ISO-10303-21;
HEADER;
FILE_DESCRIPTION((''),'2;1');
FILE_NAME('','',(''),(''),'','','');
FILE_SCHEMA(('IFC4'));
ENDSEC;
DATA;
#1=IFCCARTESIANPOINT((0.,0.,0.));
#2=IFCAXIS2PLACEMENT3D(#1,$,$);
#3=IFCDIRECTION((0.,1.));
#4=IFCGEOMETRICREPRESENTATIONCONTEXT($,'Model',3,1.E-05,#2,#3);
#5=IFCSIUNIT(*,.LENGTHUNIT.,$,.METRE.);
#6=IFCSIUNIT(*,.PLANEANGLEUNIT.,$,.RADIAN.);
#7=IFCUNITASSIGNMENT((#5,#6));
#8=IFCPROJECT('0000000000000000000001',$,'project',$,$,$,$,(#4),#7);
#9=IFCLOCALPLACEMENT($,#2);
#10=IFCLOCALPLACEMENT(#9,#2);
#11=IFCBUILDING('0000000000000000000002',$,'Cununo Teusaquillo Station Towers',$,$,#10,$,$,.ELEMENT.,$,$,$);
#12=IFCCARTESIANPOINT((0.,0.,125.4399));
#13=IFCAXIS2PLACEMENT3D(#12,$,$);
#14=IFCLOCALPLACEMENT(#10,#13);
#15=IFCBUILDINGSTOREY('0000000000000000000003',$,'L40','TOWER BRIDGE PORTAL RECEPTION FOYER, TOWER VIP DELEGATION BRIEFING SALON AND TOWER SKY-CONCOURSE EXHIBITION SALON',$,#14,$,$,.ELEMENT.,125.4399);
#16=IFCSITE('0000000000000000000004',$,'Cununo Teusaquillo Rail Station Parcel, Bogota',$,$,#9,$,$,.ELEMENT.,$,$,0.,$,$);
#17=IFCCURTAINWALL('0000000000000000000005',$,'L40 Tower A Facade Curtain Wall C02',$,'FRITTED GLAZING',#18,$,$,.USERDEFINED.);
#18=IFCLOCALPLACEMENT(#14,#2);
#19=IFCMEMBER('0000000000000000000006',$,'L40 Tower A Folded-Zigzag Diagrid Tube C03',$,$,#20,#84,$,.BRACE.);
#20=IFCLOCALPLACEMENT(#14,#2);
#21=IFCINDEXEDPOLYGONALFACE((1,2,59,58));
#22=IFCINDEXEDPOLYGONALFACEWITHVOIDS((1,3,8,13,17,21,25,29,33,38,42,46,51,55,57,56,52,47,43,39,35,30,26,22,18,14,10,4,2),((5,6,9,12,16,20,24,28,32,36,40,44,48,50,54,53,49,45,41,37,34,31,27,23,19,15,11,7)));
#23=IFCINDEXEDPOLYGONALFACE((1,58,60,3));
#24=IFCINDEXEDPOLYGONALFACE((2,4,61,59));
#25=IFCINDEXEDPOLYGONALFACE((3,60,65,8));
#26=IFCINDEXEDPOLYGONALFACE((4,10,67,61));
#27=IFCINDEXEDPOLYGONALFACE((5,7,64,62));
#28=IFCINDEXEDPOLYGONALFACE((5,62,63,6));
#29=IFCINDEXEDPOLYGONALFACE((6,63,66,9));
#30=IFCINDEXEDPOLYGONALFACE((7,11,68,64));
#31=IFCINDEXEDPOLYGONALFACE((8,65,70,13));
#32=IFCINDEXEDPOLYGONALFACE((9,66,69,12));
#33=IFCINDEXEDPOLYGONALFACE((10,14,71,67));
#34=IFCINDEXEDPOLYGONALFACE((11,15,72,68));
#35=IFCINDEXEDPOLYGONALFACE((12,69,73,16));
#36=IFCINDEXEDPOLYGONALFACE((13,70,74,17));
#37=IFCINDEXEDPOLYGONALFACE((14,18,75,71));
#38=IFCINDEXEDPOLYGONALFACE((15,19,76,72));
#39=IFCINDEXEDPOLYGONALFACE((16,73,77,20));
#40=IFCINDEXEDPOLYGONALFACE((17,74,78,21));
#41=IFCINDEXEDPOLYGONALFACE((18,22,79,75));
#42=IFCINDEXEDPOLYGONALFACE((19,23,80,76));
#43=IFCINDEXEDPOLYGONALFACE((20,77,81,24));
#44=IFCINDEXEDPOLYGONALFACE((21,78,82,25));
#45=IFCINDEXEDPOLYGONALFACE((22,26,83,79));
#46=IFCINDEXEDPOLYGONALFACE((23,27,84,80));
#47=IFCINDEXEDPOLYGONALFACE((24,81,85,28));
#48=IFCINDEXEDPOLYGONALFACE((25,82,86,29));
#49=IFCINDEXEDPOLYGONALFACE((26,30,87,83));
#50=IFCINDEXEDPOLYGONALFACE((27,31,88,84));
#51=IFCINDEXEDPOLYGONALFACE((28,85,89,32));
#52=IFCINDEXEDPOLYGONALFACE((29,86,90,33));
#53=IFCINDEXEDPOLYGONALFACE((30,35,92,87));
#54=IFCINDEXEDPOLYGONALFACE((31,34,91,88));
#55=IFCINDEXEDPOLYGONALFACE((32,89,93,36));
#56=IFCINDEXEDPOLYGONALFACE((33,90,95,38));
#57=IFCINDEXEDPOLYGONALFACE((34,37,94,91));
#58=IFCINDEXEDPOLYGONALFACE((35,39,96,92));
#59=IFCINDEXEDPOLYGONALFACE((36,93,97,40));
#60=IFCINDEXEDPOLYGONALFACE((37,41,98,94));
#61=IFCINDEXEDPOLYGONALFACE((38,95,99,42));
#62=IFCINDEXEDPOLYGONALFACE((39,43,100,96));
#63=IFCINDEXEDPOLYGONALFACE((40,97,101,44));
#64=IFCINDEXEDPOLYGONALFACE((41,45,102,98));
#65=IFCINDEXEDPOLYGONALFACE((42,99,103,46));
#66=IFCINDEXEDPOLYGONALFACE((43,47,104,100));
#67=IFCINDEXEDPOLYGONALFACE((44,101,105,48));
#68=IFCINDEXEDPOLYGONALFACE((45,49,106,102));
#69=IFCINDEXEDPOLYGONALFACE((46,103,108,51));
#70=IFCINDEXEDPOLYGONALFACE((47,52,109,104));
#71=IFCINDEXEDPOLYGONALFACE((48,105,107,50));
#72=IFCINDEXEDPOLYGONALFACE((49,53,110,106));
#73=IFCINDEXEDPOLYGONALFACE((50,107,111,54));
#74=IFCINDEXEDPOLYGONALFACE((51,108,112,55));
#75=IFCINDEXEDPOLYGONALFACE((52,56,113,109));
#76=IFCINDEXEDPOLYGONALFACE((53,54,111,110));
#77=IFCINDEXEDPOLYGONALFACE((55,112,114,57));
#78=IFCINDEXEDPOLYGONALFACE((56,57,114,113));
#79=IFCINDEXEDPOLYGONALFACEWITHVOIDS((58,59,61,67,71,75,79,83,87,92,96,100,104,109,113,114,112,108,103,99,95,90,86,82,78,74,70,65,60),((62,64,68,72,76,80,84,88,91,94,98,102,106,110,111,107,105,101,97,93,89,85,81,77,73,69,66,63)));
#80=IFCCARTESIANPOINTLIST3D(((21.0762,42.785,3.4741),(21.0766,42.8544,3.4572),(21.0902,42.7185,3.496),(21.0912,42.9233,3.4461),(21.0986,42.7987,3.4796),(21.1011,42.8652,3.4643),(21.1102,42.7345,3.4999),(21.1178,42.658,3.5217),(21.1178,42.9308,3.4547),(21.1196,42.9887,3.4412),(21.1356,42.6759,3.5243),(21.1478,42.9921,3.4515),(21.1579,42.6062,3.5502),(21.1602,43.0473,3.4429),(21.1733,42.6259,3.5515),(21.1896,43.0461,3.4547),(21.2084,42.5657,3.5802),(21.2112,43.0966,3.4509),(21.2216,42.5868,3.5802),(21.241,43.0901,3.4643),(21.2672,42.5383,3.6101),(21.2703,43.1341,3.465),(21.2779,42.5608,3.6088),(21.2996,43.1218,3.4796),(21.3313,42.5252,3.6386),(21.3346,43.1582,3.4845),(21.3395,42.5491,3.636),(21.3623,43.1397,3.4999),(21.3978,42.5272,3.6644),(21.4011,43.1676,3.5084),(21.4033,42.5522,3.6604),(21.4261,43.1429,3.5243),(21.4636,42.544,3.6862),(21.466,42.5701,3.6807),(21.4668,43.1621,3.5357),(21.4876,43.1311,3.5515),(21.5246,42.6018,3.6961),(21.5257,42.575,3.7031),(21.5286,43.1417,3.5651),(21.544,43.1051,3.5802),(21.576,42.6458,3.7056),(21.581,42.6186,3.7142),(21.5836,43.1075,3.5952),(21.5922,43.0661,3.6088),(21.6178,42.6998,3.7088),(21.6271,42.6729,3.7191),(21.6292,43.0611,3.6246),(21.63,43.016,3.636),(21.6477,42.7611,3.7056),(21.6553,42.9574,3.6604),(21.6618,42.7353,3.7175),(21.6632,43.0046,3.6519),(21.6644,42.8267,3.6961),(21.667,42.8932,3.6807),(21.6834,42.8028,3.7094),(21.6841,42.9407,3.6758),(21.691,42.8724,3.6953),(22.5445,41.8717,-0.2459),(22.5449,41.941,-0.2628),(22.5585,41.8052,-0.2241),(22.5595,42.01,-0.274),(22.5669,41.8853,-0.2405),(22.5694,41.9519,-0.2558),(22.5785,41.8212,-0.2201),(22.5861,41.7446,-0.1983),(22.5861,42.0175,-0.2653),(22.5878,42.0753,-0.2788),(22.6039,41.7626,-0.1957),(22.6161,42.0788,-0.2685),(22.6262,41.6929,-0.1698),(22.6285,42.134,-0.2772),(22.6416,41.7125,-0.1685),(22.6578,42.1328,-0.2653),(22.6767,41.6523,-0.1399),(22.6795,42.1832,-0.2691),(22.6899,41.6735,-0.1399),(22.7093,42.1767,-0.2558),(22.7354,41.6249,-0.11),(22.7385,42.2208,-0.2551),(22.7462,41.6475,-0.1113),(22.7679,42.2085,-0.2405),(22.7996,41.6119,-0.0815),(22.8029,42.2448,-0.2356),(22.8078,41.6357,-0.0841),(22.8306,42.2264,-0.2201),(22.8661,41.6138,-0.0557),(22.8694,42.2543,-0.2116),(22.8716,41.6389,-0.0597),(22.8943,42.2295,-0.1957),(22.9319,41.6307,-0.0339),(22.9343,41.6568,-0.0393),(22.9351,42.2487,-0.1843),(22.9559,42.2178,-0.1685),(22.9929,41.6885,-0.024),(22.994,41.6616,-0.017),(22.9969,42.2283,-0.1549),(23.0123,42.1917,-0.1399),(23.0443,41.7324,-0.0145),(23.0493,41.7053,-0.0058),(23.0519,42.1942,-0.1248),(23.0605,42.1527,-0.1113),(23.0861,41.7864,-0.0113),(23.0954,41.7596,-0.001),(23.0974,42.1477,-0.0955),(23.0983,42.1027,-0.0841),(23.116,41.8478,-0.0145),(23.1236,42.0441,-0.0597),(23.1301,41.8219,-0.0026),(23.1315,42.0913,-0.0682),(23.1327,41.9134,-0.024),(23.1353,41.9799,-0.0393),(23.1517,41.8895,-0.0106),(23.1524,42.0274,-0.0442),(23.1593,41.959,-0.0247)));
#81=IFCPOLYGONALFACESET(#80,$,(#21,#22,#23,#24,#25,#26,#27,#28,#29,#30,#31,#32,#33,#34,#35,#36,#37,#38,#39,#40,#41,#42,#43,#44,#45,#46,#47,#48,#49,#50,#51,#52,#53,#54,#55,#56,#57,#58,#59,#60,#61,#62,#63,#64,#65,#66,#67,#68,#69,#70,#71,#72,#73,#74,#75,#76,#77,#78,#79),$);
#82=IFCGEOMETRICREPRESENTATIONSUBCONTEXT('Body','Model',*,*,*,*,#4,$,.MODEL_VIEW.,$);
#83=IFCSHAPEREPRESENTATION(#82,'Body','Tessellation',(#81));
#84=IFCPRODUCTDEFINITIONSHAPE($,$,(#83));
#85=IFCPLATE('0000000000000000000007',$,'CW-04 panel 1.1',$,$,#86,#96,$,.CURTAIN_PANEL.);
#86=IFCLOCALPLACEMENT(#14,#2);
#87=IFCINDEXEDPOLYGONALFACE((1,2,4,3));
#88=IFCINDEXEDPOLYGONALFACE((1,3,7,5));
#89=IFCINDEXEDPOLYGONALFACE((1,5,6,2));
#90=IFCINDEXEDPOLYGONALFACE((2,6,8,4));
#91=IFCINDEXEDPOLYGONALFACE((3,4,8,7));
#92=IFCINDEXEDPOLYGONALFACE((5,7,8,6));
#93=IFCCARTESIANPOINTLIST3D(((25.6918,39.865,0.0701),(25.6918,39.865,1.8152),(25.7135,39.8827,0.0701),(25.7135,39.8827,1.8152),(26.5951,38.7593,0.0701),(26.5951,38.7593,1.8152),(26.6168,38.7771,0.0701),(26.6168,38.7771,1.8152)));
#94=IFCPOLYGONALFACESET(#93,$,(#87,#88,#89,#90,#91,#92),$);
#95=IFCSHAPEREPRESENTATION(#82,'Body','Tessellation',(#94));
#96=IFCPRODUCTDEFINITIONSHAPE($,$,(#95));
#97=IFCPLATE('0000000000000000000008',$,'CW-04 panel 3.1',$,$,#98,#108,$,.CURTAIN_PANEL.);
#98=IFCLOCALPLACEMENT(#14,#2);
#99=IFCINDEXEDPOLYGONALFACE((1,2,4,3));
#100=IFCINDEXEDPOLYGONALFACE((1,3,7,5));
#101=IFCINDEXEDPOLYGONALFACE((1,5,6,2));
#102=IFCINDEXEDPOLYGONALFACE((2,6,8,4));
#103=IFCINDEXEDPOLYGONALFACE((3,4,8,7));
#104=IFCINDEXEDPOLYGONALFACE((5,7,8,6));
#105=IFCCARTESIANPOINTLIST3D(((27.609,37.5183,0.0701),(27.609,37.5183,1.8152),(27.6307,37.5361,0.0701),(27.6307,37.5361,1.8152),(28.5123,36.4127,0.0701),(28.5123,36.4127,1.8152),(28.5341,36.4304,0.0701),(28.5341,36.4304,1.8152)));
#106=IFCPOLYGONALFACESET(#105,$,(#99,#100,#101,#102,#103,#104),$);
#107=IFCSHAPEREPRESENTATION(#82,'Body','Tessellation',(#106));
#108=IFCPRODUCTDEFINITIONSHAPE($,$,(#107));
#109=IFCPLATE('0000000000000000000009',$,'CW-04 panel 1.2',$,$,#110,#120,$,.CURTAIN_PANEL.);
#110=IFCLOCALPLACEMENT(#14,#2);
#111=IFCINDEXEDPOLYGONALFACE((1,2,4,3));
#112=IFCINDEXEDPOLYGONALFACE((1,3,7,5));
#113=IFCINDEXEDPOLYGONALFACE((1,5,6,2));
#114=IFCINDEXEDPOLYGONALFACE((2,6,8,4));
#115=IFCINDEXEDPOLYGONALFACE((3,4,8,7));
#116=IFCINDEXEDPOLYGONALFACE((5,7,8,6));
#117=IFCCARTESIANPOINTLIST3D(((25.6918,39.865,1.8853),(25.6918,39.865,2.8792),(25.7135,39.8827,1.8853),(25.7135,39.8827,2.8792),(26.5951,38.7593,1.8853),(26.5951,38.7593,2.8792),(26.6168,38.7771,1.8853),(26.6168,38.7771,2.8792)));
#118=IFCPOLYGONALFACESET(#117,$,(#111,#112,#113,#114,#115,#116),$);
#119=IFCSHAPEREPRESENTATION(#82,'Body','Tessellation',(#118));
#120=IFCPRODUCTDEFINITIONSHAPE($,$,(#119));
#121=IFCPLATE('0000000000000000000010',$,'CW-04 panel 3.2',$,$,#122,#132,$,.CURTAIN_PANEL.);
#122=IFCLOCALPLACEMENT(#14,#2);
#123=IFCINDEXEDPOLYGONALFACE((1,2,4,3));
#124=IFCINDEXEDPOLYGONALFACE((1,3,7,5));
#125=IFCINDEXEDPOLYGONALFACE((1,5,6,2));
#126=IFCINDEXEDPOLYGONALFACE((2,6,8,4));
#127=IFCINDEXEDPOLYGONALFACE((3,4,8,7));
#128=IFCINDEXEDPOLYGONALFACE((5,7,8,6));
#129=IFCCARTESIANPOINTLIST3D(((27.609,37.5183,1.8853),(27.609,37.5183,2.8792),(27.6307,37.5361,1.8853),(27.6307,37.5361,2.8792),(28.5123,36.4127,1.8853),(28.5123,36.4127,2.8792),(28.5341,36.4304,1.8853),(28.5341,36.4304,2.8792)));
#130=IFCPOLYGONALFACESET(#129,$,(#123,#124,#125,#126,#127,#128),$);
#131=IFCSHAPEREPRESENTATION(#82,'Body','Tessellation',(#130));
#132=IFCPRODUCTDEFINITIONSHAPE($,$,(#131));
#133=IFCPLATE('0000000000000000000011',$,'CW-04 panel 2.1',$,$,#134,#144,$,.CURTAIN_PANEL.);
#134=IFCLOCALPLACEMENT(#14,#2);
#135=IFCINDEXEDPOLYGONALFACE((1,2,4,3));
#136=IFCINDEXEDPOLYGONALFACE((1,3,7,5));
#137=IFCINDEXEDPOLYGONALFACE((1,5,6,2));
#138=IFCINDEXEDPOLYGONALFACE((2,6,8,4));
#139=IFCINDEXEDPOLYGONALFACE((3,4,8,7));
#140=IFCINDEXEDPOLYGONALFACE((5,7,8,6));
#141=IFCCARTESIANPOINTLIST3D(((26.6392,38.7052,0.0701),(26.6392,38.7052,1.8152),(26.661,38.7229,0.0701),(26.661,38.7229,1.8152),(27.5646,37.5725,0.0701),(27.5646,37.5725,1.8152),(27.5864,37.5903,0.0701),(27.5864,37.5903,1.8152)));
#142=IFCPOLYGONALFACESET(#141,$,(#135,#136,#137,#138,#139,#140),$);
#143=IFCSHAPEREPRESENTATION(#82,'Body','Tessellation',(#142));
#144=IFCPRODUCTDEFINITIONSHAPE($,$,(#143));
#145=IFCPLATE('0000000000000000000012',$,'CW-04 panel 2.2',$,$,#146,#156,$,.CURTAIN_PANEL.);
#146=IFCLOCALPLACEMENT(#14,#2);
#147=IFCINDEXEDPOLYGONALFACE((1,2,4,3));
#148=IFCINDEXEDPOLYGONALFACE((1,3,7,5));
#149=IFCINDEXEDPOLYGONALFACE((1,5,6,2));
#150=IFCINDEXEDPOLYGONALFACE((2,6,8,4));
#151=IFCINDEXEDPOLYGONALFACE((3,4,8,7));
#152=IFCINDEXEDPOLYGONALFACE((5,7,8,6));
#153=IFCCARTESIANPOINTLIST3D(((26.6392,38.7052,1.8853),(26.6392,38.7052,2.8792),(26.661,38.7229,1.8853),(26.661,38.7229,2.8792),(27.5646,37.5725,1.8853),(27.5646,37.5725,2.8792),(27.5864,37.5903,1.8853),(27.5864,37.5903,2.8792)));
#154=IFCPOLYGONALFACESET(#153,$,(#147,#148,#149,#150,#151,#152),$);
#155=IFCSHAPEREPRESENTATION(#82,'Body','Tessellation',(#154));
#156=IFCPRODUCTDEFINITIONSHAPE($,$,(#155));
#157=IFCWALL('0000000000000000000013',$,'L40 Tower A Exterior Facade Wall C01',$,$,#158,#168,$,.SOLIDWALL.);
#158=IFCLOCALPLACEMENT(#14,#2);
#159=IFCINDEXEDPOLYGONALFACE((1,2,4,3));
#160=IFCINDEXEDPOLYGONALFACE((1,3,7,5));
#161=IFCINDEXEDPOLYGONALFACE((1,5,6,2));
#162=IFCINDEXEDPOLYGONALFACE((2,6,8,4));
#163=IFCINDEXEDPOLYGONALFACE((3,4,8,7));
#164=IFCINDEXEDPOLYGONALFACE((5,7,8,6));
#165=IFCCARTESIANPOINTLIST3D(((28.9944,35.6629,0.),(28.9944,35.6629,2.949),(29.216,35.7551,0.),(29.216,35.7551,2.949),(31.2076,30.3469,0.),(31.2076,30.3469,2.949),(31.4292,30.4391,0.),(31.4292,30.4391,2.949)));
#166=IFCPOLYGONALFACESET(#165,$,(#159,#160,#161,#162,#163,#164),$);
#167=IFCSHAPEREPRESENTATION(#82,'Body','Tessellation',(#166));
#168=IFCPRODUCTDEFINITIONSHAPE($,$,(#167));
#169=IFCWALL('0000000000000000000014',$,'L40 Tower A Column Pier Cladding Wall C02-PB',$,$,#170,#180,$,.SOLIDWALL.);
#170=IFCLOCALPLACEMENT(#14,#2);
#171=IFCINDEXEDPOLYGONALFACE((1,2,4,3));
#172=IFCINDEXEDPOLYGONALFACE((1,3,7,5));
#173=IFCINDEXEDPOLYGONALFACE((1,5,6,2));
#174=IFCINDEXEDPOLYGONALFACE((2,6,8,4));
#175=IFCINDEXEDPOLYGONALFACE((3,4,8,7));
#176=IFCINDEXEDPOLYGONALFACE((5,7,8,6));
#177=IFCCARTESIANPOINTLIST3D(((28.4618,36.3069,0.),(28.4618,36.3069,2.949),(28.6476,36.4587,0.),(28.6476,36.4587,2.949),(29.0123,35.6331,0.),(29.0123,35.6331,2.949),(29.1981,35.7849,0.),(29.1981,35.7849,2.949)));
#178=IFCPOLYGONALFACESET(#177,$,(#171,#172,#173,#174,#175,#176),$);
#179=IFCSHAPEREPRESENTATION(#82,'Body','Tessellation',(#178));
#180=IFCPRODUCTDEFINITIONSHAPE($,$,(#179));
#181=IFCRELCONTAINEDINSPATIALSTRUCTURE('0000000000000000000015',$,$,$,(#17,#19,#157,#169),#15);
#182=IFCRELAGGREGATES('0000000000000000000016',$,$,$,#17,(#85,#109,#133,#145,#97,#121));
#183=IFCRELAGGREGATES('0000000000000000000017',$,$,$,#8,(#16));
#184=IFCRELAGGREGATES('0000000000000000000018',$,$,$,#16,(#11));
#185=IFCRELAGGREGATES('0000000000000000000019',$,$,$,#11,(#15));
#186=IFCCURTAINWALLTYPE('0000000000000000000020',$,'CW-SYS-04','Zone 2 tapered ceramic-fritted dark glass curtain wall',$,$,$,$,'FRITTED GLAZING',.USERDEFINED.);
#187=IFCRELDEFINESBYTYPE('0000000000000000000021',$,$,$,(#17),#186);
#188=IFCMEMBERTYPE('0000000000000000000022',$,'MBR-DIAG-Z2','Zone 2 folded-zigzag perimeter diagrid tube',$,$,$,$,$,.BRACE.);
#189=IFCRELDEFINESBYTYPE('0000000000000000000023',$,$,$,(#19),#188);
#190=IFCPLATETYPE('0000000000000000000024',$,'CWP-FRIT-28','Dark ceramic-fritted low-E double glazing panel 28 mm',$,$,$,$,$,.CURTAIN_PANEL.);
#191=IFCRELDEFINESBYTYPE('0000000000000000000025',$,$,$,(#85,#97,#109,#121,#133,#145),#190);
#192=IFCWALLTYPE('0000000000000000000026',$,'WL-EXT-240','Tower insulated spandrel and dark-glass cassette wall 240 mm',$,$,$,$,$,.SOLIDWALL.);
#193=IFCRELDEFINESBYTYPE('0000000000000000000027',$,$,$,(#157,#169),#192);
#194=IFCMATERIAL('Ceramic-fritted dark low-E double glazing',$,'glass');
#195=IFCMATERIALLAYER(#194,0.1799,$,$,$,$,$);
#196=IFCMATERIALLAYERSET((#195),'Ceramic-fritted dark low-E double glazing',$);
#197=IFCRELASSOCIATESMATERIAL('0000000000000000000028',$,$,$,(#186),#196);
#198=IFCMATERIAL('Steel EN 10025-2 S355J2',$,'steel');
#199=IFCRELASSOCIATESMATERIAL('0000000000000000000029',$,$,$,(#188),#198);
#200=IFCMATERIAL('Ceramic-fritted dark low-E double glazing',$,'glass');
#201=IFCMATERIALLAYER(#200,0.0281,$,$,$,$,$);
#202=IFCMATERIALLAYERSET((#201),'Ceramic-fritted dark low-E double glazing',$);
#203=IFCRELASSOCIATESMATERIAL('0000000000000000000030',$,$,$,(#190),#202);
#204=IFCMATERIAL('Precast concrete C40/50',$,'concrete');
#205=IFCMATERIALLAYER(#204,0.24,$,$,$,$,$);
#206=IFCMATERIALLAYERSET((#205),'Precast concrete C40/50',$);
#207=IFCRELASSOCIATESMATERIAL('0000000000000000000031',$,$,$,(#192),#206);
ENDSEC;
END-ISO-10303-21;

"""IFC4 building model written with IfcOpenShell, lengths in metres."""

from ifc_helpers import new_model, si_unit, direction, frame, frame_2d, origin, origin_2d, place, context, subcontext, project, spatial, rectangle, hollow_circle, extrude, source, transform, mapped, material, layer, layer_set, material_profile, profile_set, type_object, element, aggregate, save


model = new_model("IFC4")

# Units and contexts
model_context = context("Model", 3, precision=1e-05, world=origin(), true_north=direction((0.0, 1.0)))
body_context = subcontext(model_context, "Body", "Model", "MODEL_VIEW")
ifc_project = project(units=[si_unit("LENGTHUNIT", "METRE"), si_unit("PLANEANGLEUNIT", "RADIAN")], contexts=[model_context])

# Site, building, storey
site_placement = place(None, origin())
site = spatial("IfcSite", under=ifc_project, at=site_placement, Name="Cununo Teusaquillo Rail Station Parcel, Bogota", CompositionType="ELEMENT", RefElevation=0.0)
building_placement = place(site_placement, origin())
building = spatial("IfcBuilding", under=site, at=building_placement, Name="Cununo Teusaquillo Station Towers", CompositionType="ELEMENT")
storey_placement = place(building_placement, frame((0.0, 0.0, 125.4399)))
storey = spatial("IfcBuildingStorey", under=building, at=storey_placement, Name="L40", Description="TOWER BRIDGE PORTAL RECEPTION FOYER, TOWER VIP DELEGATION BRIEFING SALON AND TOWER SKY-CONCOURSE EXHIBITION SALON", CompositionType="ELEMENT", Elevation=125.4399)

# Curtain wall
ifc_material_1 = material(Name="Ceramic-fritted dark low-E double glazing", Category="glass")
ifc_layer_1 = layer(ifc_material_1, 0.1799)
ifc_layer_set_1 = layer_set([ifc_layer_1], Name="Ceramic-fritted dark low-E double glazing")
curtain_wall_type = type_object("IfcCurtainWallType", Name="CW-SYS-04", Description="Zone 2 tapered ceramic-fritted dark glass curtain wall", ElementType="FRITTED GLAZING", PredefinedType="USERDEFINED", material=ifc_layer_set_1)
curtain_wall_placement = place(storey_placement, origin())
curtain_wall = element("IfcCurtainWall", 1, at=curtain_wall_placement, inside=storey, type_object=curtain_wall_type, Name="L40 Tower A Facade Curtain Wall C02", ObjectType="FRITTED GLAZING", PredefinedType="USERDEFINED")

# Member
ifc_material_2 = material(Name="Steel EN 10025-2 S355J2", Category="steel")
ifc_material_profile_1 = material_profile(ifc_material_2, hollow_circle(Radius=0.3301, WallThickness=0.0249, at=origin_2d()), Name="CHS 660x25")
ifc_profile_set_1 = profile_set([ifc_material_profile_1], Name="Steel EN 10025-2 S355J2")
member_type_1 = type_object("IfcMemberType", Name="MBR-DIAG-Z2", Description="Zone 2 folded-zigzag perimeter diagrid tube", PredefinedType="BRACE", material=ifc_profile_set_1)
member_1_placement = place(storey_placement, frame((22.8511, 41.9326, -0.1399), z_axis=(-0.357919, 0.222643, 0.906821), x_axis=(-0.528196, -0.849123, 0.0)))
element("IfcMember", 2, at=member_1_placement, inside=storey, type_object=member_type_1, Name="L40 Tower A Folded-Zigzag Diagrid Tube C03", PredefinedType="BRACE", context=body_context, shape_type="SweptSolid", body=[
    extrude(hollow_circle(Radius=0.3301, WallThickness=0.0249, at=origin_2d()), origin(), (0.0, 0.0, 1.0), 4.1023),
])

# Plates
ifc_material_3 = material(Name="Ceramic-fritted dark low-E double glazing", Category="glass")
ifc_layer_2 = layer(ifc_material_3, 0.0281)
ifc_layer_set_2 = layer_set([ifc_layer_2], Name="Ceramic-fritted dark low-E double glazing")
plate_type = type_object("IfcPlateType", Name="CWP-FRIT-28", Description="Dark ceramic-fritted low-E double glazing panel 28 mm", PredefinedType="CURTAIN_PANEL", material=ifc_layer_set_2)
shared_shape_1 = source(origin(), body_context, "Body", "SweptSolid", [
    extrude(rectangle(XDim=1.4277, YDim=0.0281, at=origin_2d()), origin(), (0.0, 0.0, 1.0), 1.7451),
])
plate_1_placement = place(storey_placement, frame((26.1543, 39.321, 0.0701), z_axis=(0.0, 0.0, 1.0), x_axis=(0.632704, -0.774394, 0.0)))
plate_1 = element("IfcPlate", 3, at=plate_1_placement, type_object=plate_type, Name="CW-04 panel 1.1", PredefinedType="CURTAIN_PANEL", context=body_context, shape_type="MappedRepresentation", body=[
    mapped(shared_shape_1, transform((0.0, 0.0, 0.0), x_axis=(1.0, 0.0, 0.0), y_axis=(0.0, 1.0, 0.0), z_axis=(0.0, 0.0, 1.0), scale=1.0)),
])
plate_2_placement = place(storey_placement, frame((28.0715, 36.9744, 0.0701), z_axis=(0.0, 0.0, 1.0), x_axis=(0.632704, -0.774394, 0.0)))
plate_2 = element("IfcPlate", 4, at=plate_2_placement, type_object=plate_type, Name="CW-04 panel 3.1", PredefinedType="CURTAIN_PANEL", context=body_context, shape_type="MappedRepresentation", body=[
    mapped(shared_shape_1, transform((0.0, 0.0, 0.0), x_axis=(1.0, 0.0, 0.0), y_axis=(0.0, 1.0, 0.0), z_axis=(0.0, 0.0, 1.0), scale=1.0)),
])
shared_shape_2 = source(origin(), body_context, "Body", "SweptSolid", [
    extrude(rectangle(XDim=1.4277, YDim=0.0281, at=origin_2d()), origin(), (0.0, 0.0, 1.0), 0.9939),
])
plate_3_placement = place(storey_placement, frame((26.1543, 39.321, 1.8853), z_axis=(0.0, 0.0, 1.0), x_axis=(0.632704, -0.774394, 0.0)))
plate_3 = element("IfcPlate", 5, at=plate_3_placement, type_object=plate_type, Name="CW-04 panel 1.2", PredefinedType="CURTAIN_PANEL", context=body_context, shape_type="MappedRepresentation", body=[
    mapped(shared_shape_2, transform((0.0, 0.0, 0.0), x_axis=(1.0, 0.0, 0.0), y_axis=(0.0, 1.0, 0.0), z_axis=(0.0, 0.0, 1.0), scale=1.0)),
])
plate_4_placement = place(storey_placement, frame((28.0715, 36.9744, 1.8853), z_axis=(0.0, 0.0, 1.0), x_axis=(0.632704, -0.774394, 0.0)))
plate_4 = element("IfcPlate", 6, at=plate_4_placement, type_object=plate_type, Name="CW-04 panel 3.2", PredefinedType="CURTAIN_PANEL", context=body_context, shape_type="MappedRepresentation", body=[
    mapped(shared_shape_2, transform((0.0, 0.0, 0.0), x_axis=(1.0, 0.0, 0.0), y_axis=(0.0, 1.0, 0.0), z_axis=(0.0, 0.0, 1.0), scale=1.0)),
])
shared_shape_3 = source(origin(), body_context, "Body", "SweptSolid", [
    extrude(rectangle(XDim=1.4626, YDim=0.0281, at=origin_2d()), origin(), (0.0, 0.0, 1.0), 1.7451),
])
plate_5_placement = place(storey_placement, frame((27.1128, 38.1477, 0.0701), z_axis=(0.0, 0.0, 1.0), x_axis=(0.632704, -0.774394, 0.0)))
plate_5 = element("IfcPlate", 7, at=plate_5_placement, type_object=plate_type, Name="CW-04 panel 2.1", PredefinedType="CURTAIN_PANEL", context=body_context, shape_type="MappedRepresentation", body=[
    mapped(shared_shape_3, transform((0.0, 0.0, 0.0), x_axis=(1.0, 0.0, 0.0), y_axis=(0.0, 1.0, 0.0), z_axis=(0.0, 0.0, 1.0), scale=1.0)),
])
shared_shape_4 = source(origin(), body_context, "Body", "SweptSolid", [
    extrude(rectangle(XDim=1.4626, YDim=0.0281, at=origin_2d()), origin(), (0.0, 0.0, 1.0), 0.9939),
])
plate_6_placement = place(storey_placement, frame((27.1128, 38.1477, 1.8853), z_axis=(0.0, 0.0, 1.0), x_axis=(0.632704, -0.774394, 0.0)))
plate_6 = element("IfcPlate", 8, at=plate_6_placement, type_object=plate_type, Name="CW-04 panel 2.2", PredefinedType="CURTAIN_PANEL", context=body_context, shape_type="MappedRepresentation", body=[
    mapped(shared_shape_4, transform((0.0, 0.0, 0.0), x_axis=(1.0, 0.0, 0.0), y_axis=(0.0, 1.0, 0.0), z_axis=(0.0, 0.0, 1.0), scale=1.0)),
])
aggregate(curtain_wall, [plate_1, plate_3, plate_5, plate_6, plate_2, plate_4])

# Walls
ifc_material_4 = material(Name="Precast concrete C40/50", Category="concrete")
ifc_layer_3 = layer(ifc_material_4, 0.24)
ifc_layer_set_3 = layer_set([ifc_layer_3], Name="Precast concrete C40/50")
wall_type_1 = type_object("IfcWallType", Name="WL-EXT-240", Description="Tower insulated spandrel and dark-glass cassette wall 240 mm", PredefinedType="SOLIDWALL", material=ifc_layer_set_3)
wall_1_placement = place(storey_placement, frame((29.1052, 35.709, 0.0), z_axis=(0.0, 0.0, 1.0), x_axis=(0.384344, -0.92319, 0.0)))
element("IfcWall", 9, at=wall_1_placement, inside=storey, type_object=wall_type_1, Name="L40 Tower A Exterior Facade Wall C01", PredefinedType="SOLIDWALL", context=body_context, shape_type="SweptSolid", body=[
    extrude(rectangle(XDim=5.7583, YDim=0.24, at=frame_2d((2.8792, 0.0))), origin(), (0.0, 0.0, 1.0), 2.949),
])
wall_2_placement = place(storey_placement, frame((28.5547, 36.3828, 0.0), z_axis=(0.0, 0.0, 1.0), x_axis=(0.632703, -0.774395, 0.0)))
element("IfcWall", 10, at=wall_2_placement, inside=storey, type_object=wall_type_1, Name="L40 Tower A Column Pier Cladding Wall C02-PB", PredefinedType="SOLIDWALL", context=body_context, shape_type="SweptSolid", body=[
    extrude(rectangle(XDim=0.8701, YDim=0.24, at=frame_2d((0.4351, 0.0))), origin(), (0.0, 0.0, 1.0), 2.949),
])

save(model, "model.ifc")
